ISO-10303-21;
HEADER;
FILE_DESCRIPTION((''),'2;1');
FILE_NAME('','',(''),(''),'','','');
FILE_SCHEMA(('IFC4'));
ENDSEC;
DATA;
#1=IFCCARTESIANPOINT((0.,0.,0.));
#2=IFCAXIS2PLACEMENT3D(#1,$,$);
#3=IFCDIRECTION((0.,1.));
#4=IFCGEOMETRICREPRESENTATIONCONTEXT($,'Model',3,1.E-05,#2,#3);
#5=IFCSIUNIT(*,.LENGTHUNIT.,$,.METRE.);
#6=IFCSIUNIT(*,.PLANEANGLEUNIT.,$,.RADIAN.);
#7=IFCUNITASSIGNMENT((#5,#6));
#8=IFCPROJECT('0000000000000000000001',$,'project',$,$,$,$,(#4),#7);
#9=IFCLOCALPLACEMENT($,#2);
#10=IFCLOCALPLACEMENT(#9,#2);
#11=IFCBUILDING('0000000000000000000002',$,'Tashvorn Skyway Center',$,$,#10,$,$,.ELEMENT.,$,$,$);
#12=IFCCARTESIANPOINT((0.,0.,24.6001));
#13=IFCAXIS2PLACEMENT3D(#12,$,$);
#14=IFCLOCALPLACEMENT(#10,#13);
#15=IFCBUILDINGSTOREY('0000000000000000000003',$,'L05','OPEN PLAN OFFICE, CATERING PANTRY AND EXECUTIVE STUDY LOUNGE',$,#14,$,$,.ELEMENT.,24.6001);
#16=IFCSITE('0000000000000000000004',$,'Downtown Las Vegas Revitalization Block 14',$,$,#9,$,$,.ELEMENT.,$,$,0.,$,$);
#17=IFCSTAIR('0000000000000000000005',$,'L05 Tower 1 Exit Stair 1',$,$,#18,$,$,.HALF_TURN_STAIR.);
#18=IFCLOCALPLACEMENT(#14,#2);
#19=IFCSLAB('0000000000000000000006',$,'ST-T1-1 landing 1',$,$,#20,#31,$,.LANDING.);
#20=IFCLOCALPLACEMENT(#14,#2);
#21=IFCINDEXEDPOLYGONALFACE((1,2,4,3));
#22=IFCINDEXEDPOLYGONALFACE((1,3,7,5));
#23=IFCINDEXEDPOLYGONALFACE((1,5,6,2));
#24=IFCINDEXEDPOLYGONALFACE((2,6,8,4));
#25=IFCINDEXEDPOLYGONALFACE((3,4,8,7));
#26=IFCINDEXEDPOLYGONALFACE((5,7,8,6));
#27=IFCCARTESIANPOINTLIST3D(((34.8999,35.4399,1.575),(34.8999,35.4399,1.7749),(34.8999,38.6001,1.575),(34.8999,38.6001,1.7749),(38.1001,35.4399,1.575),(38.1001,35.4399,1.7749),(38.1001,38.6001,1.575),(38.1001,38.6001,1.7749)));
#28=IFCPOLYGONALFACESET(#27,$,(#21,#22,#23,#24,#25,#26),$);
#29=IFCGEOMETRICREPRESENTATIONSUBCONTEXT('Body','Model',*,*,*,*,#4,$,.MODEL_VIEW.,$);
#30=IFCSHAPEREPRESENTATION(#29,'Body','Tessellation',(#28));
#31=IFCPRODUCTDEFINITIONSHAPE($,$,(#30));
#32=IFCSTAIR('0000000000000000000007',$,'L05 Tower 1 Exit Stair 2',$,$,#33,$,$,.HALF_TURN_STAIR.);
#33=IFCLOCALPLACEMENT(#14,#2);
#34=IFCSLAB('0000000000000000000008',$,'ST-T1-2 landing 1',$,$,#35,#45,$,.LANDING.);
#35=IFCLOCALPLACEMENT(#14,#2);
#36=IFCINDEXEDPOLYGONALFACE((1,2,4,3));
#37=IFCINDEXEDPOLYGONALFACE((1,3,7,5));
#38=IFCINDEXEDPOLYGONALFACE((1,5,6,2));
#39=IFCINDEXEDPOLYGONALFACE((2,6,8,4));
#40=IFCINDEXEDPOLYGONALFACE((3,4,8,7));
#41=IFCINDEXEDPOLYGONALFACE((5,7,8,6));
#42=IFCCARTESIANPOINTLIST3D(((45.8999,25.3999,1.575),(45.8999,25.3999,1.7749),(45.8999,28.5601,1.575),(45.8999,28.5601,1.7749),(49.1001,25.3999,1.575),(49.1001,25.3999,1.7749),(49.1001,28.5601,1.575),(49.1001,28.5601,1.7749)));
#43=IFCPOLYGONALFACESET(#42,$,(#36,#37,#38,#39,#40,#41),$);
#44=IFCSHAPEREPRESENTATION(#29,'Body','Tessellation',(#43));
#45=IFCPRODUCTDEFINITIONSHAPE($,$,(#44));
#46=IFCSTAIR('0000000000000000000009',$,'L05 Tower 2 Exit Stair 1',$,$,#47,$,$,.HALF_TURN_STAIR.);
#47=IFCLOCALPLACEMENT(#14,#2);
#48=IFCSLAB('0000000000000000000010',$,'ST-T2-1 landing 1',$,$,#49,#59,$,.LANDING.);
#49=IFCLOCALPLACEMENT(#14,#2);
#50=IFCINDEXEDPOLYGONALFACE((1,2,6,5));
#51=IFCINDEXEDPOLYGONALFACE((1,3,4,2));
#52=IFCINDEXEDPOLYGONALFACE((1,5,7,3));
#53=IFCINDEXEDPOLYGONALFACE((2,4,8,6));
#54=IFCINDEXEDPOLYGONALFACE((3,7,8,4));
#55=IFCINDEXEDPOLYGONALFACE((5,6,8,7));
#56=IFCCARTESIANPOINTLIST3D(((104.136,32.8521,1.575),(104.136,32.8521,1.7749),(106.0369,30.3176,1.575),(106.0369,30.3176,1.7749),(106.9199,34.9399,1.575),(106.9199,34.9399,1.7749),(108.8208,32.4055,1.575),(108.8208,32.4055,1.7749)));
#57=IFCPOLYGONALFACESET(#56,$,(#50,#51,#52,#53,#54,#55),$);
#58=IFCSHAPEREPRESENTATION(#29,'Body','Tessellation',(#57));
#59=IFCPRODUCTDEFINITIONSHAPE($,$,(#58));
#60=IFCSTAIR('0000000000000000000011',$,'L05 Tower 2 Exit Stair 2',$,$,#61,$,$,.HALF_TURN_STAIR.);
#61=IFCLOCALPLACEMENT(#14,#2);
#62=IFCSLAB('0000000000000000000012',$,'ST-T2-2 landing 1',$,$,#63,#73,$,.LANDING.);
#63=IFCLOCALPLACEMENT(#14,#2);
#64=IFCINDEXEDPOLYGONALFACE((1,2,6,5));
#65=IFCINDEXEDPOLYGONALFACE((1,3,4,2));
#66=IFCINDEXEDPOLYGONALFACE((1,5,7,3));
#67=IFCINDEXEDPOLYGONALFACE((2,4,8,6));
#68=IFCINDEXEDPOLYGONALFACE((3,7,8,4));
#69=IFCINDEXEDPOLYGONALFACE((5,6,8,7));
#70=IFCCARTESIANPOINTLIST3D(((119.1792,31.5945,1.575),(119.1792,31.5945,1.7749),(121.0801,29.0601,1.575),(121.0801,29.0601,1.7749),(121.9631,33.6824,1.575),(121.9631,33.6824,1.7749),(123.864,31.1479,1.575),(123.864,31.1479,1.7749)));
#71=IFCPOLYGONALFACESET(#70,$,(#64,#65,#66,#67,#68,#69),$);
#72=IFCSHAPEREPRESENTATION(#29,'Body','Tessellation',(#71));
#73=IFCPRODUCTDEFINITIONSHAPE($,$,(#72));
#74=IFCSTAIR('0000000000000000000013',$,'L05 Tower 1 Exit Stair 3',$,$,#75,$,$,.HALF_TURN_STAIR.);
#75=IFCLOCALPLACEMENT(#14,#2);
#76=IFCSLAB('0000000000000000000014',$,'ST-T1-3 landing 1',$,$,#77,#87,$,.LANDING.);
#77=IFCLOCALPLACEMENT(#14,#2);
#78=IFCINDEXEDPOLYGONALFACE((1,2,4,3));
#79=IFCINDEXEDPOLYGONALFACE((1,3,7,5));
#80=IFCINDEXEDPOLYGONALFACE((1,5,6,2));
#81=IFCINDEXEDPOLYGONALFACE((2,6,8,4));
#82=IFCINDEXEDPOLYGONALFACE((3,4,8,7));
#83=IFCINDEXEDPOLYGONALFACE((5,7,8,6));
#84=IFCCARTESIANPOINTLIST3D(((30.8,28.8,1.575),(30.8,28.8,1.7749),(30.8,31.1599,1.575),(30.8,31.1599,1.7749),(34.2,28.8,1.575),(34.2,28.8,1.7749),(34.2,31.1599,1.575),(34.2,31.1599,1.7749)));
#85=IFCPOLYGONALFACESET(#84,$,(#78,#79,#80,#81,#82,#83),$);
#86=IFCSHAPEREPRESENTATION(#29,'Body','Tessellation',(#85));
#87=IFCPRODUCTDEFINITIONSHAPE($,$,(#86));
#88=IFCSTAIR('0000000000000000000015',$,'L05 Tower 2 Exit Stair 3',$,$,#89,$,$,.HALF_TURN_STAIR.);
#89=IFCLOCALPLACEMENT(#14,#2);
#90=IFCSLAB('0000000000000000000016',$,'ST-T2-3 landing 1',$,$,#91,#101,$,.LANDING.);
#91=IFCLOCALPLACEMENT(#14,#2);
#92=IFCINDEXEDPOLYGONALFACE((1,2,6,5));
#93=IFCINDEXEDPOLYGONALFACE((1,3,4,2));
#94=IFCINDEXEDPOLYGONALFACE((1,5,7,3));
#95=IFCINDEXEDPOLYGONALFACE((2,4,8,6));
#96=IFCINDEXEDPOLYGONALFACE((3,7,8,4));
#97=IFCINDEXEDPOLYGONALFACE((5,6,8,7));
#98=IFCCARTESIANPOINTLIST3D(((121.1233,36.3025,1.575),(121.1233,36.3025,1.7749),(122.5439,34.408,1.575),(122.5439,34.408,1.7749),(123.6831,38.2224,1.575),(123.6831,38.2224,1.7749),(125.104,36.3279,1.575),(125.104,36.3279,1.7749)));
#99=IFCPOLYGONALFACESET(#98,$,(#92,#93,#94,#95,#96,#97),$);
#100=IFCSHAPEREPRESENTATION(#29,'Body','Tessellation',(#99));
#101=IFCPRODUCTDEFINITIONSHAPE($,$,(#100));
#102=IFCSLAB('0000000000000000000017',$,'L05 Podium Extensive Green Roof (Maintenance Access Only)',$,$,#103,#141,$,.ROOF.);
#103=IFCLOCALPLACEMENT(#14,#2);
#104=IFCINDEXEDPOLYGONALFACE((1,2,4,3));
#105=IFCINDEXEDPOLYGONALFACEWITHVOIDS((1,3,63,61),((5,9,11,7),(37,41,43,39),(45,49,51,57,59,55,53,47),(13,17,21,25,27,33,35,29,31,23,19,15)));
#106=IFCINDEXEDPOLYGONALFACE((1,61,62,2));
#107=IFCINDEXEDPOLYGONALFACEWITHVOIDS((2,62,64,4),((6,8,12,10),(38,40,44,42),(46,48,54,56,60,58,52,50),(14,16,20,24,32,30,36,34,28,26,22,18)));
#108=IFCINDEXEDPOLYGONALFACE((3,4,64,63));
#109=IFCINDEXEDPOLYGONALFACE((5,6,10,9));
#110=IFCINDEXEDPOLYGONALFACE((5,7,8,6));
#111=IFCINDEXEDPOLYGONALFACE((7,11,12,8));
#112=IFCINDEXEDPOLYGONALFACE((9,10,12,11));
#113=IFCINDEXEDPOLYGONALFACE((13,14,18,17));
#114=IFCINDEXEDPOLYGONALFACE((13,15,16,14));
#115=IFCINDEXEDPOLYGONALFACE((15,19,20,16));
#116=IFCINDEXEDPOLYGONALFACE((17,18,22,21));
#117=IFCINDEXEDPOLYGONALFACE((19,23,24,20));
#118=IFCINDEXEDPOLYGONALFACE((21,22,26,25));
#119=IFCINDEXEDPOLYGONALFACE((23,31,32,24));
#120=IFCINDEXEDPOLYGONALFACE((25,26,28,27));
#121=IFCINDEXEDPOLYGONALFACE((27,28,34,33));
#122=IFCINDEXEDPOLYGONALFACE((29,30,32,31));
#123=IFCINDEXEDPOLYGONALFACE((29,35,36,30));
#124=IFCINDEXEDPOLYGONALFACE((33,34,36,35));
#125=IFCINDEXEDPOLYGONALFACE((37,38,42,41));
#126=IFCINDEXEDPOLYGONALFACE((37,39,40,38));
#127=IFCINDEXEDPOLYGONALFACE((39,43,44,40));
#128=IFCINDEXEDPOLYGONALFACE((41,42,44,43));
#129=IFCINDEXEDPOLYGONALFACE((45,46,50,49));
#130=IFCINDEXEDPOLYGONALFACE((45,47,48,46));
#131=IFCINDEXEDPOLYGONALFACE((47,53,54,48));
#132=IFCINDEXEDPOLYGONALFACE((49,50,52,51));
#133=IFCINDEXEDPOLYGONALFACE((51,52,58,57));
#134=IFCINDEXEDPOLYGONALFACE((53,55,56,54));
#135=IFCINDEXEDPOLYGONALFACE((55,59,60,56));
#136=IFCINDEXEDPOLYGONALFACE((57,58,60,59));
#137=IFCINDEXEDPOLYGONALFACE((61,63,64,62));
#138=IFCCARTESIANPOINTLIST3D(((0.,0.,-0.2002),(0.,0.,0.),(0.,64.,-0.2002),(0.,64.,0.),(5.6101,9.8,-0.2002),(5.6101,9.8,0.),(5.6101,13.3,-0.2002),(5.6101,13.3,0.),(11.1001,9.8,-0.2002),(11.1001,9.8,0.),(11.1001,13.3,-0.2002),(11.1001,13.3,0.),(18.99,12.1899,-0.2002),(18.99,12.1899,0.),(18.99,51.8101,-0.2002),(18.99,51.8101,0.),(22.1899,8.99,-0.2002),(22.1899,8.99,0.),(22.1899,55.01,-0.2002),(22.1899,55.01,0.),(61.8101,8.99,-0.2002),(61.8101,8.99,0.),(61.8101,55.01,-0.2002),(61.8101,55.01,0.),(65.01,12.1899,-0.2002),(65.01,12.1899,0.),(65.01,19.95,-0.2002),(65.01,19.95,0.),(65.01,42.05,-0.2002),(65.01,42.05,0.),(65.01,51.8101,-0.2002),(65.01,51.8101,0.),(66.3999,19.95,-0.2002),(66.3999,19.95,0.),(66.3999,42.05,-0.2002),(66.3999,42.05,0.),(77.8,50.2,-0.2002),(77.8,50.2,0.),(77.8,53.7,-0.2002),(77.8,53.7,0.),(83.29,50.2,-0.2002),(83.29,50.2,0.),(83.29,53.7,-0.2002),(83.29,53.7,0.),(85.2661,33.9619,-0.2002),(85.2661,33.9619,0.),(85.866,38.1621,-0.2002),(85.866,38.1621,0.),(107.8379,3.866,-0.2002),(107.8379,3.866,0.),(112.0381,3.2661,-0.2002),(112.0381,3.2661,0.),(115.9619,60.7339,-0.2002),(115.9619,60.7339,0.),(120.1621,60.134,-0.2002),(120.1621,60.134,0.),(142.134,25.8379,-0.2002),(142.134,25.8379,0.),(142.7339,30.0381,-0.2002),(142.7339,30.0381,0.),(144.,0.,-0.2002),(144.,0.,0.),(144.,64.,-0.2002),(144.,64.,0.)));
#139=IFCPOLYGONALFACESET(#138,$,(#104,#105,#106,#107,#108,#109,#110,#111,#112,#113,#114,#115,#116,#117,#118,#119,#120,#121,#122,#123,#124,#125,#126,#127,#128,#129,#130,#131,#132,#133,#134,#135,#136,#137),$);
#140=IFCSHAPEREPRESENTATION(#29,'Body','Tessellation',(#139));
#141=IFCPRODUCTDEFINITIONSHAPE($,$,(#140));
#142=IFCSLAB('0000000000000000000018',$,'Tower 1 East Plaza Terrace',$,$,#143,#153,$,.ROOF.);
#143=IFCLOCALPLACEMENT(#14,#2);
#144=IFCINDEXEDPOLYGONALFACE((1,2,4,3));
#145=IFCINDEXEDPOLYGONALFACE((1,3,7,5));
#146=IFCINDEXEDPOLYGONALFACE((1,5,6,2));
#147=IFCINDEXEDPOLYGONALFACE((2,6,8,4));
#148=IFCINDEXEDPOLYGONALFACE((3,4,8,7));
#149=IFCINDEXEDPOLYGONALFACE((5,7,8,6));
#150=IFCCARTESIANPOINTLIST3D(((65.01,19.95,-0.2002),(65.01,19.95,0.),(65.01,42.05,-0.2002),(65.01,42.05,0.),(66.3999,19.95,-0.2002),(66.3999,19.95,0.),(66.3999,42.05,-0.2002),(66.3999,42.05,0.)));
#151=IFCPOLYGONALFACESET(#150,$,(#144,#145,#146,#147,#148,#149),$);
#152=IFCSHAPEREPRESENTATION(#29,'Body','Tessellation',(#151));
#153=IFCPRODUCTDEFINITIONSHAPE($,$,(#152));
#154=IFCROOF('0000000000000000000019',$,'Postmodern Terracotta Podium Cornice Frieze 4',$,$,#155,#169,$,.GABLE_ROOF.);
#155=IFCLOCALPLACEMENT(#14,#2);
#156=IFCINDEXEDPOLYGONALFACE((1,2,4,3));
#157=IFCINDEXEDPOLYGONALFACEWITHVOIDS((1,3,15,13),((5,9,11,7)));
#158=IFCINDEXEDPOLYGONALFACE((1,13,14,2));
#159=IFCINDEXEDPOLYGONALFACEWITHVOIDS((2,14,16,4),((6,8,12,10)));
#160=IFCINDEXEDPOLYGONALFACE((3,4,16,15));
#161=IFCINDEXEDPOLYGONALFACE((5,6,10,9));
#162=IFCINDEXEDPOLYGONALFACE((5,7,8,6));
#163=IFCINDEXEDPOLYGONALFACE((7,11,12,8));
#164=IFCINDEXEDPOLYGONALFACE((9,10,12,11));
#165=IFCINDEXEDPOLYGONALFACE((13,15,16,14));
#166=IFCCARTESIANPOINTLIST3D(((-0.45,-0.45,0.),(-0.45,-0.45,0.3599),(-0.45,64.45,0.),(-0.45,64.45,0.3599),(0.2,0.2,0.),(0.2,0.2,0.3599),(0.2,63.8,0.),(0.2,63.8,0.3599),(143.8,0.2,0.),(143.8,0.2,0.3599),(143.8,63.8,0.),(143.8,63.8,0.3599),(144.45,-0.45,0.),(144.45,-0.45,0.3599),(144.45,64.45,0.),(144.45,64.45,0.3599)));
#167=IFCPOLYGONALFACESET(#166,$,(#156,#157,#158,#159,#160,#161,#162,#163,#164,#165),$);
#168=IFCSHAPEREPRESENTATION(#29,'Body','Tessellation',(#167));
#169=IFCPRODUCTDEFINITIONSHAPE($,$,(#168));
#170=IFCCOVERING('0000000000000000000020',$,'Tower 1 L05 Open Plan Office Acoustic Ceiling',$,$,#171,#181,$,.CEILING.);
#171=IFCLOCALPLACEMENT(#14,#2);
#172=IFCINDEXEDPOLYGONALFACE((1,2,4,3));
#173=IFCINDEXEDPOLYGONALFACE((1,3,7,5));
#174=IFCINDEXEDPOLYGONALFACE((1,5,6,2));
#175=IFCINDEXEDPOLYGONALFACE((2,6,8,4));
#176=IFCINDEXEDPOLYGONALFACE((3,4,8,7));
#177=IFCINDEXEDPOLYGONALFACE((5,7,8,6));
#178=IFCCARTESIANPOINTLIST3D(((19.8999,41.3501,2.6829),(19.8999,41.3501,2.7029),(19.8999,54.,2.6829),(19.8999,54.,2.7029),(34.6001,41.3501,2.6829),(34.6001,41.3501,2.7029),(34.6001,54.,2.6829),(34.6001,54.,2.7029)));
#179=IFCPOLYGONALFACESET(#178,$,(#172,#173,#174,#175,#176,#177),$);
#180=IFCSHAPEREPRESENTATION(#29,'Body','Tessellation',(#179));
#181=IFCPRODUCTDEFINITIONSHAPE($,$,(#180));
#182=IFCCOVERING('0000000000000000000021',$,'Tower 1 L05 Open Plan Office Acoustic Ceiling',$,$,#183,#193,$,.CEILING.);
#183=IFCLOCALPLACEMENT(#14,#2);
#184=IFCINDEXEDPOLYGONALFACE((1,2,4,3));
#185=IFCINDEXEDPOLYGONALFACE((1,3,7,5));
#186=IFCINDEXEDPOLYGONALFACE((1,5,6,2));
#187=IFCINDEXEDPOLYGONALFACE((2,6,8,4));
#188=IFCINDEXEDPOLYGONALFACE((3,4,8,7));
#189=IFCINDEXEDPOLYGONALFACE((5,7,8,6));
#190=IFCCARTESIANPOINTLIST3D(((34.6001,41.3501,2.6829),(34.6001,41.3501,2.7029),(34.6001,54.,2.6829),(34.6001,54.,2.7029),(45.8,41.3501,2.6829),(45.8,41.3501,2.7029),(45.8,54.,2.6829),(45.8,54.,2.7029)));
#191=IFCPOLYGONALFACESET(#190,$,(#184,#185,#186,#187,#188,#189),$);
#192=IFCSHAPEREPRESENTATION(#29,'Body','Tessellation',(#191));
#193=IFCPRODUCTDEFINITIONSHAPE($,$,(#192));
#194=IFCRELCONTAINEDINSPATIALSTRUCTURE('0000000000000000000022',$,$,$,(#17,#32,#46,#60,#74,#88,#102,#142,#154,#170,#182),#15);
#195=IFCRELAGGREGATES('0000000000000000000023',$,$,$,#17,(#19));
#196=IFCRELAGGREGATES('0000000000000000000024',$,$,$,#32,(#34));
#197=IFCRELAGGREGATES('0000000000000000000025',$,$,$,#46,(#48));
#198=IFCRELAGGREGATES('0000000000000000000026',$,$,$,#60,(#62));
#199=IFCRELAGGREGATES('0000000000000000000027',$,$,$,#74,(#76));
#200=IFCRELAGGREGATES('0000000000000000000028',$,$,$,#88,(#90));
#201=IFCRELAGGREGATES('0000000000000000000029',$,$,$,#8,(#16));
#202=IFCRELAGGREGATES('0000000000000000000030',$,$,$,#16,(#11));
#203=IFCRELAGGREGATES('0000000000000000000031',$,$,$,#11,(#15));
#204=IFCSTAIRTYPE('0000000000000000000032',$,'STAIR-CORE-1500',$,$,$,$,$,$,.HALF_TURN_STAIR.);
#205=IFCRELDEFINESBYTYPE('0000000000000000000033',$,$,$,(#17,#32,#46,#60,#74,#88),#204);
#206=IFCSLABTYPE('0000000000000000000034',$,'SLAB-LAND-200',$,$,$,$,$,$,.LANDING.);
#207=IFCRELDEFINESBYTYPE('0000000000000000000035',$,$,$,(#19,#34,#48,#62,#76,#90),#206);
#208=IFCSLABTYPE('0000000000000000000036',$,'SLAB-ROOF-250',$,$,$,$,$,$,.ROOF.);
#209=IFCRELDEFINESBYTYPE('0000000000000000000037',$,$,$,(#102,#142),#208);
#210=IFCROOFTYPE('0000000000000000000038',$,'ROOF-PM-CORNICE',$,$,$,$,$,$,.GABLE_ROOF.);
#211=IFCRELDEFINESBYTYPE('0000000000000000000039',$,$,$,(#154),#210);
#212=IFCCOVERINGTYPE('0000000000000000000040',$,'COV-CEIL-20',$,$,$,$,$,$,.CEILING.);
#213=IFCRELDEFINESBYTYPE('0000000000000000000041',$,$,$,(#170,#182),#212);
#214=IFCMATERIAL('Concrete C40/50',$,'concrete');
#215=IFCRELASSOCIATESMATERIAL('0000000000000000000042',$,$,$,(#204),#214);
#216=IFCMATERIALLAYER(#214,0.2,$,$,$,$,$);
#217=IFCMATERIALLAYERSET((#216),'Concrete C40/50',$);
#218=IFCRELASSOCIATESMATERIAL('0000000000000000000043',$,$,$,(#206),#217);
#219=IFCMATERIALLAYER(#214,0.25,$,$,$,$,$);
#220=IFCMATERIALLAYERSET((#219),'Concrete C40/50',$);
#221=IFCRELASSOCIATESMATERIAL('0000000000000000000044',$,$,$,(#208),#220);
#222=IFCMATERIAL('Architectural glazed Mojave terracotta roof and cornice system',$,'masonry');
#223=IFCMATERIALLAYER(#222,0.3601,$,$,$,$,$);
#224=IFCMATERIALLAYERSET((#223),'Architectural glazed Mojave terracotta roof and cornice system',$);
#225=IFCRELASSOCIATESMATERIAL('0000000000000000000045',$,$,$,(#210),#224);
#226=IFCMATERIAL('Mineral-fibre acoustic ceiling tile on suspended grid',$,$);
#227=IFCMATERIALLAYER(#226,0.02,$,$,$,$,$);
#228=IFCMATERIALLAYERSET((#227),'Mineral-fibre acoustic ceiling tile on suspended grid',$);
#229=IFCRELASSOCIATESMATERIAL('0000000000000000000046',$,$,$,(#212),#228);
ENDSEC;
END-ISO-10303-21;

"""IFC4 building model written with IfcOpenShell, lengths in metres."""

from ifc_helpers import new_model, si_unit, direction, frame, origin, place, context, subcontext, project, spatial, polyline, outline, extrude, material, layer, layer_set, type_object, element, aggregate, save


model = new_model("IFC4")

# Units and contexts
model_context = context("Model", 3, precision=1e-05, world=origin(), true_north=direction((0.0, 1.0)))
body_context = subcontext(model_context, "Body", "Model", "MODEL_VIEW")
ifc_project = project(units=[si_unit("LENGTHUNIT", "METRE"), si_unit("PLANEANGLEUNIT", "RADIAN")], contexts=[model_context])

# Site, building, storey
site_placement = place(None, origin())
site = spatial("IfcSite", under=ifc_project, at=site_placement, Name="Downtown Las Vegas Revitalization Block 14", CompositionType="ELEMENT", RefElevation=0.0)
building_placement = place(site_placement, origin())
building = spatial("IfcBuilding", under=site, at=building_placement, Name="Tashvorn Skyway Center", CompositionType="ELEMENT")
storey_placement = place(building_placement, frame((0.0, 0.0, 24.6001)))
storey = spatial("IfcBuildingStorey", under=building, at=storey_placement, Name="L05", Description="OPEN PLAN OFFICE, CATERING PANTRY AND EXECUTIVE STUDY LOUNGE", CompositionType="ELEMENT", Elevation=24.6001)

# Shared definitions
ifc_material_1 = material(Name="Concrete C40/50", Category="concrete")

# Stairs, slabs
stair_type = type_object("IfcStairType", Name="STAIR-CORE-1500", PredefinedType="HALF_TURN_STAIR", material=ifc_material_1)
stair_1_placement = place(storey_placement, origin())
stair_1 = element("IfcStair", 1, at=stair_1_placement, inside=storey, type_object=stair_type, Name="L05 Tower 1 Exit Stair 1", PredefinedType="HALF_TURN_STAIR")
ifc_layer_1 = layer(ifc_material_1, 0.2)
ifc_layer_set_1 = layer_set([ifc_layer_1], Name="Concrete C40/50")
slab_type_1 = type_object("IfcSlabType", Name="SLAB-LAND-200", PredefinedType="LANDING", material=ifc_layer_set_1)
slab_1_placement = place(storey_placement, frame((0.0, 0.0, 1.575)))
slab_1 = element("IfcSlab", 2, at=slab_1_placement, type_object=slab_type_1, Name="ST-T1-1 landing 1", PredefinedType="LANDING", context=body_context, shape_type="SweptSolid", body=[
    extrude(outline(polyline([(38.1001, 35.4399), (38.1001, 38.6001), (34.8999, 38.6001), (34.8999, 35.4399), (38.1001, 35.4399)])), origin(), (0.0, 0.0, 1.0), 0.2),
])
aggregate(stair_1, [slab_1])
stair_2_placement = place(storey_placement, origin())
stair_2 = element("IfcStair", 3, at=stair_2_placement, inside=storey, type_object=stair_type, Name="L05 Tower 1 Exit Stair 2", PredefinedType="HALF_TURN_STAIR")
slab_2_placement = place(storey_placement, frame((0.0, 0.0, 1.575)))
slab_2 = element("IfcSlab", 4, at=slab_2_placement, type_object=slab_type_1, Name="ST-T1-2 landing 1", PredefinedType="LANDING", context=body_context, shape_type="SweptSolid", body=[
    extrude(outline(polyline([(45.8999, 28.5601), (45.8999, 25.3999), (49.1001, 25.3999), (49.1001, 28.5601), (45.8999, 28.5601)])), origin(), (0.0, 0.0, 1.0), 0.2),
])
aggregate(stair_2, [slab_2])
stair_3_placement = place(storey_placement, origin())
stair_3 = element("IfcStair", 5, at=stair_3_placement, inside=storey, type_object=stair_type, Name="L05 Tower 2 Exit Stair 1", PredefinedType="HALF_TURN_STAIR")
slab_3_placement = place(storey_placement, frame((0.0, 0.0, 1.575)))
slab_3 = element("IfcSlab", 6, at=slab_3_placement, type_object=slab_type_1, Name="ST-T2-1 landing 1", PredefinedType="LANDING", context=body_context, shape_type="SweptSolid", body=[
    extrude(outline(polyline([(108.8208, 32.4055), (106.9199, 34.9399), (104.136, 32.8521), (106.0369, 30.3176), (108.8208, 32.4055)])), origin(), (0.0, 0.0, 1.0), 0.2),
])
aggregate(stair_3, [slab_3])
stair_4_placement = place(storey_placement, origin())
stair_4 = element("IfcStair", 7, at=stair_4_placement, inside=storey, type_object=stair_type, Name="L05 Tower 2 Exit Stair 2", PredefinedType="HALF_TURN_STAIR")
slab_4_placement = place(storey_placement, frame((0.0, 0.0, 1.575)))
slab_4 = element("IfcSlab", 8, at=slab_4_placement, type_object=slab_type_1, Name="ST-T2-2 landing 1", PredefinedType="LANDING", context=body_context, shape_type="SweptSolid", body=[
    extrude(outline(polyline([(119.1792, 31.5945), (121.0801, 29.0601), (123.864, 31.1479), (121.9631, 33.6824), (119.1792, 31.5945)])), origin(), (0.0, 0.0, 1.0), 0.2),
])
aggregate(stair_4, [slab_4])
stair_5_placement = place(storey_placement, origin())
stair_5 = element("IfcStair", 9, at=stair_5_placement, inside=storey, type_object=stair_type, Name="L05 Tower 1 Exit Stair 3", PredefinedType="HALF_TURN_STAIR")
slab_5_placement = place(storey_placement, frame((0.0, 0.0, 1.575)))
slab_5 = element("IfcSlab", 10, at=slab_5_placement, type_object=slab_type_1, Name="ST-T1-3 landing 1", PredefinedType="LANDING", context=body_context, shape_type="SweptSolid", body=[
    extrude(outline(polyline([(30.8, 31.1599), (30.8, 28.8), (34.2, 28.8), (34.2, 31.1599), (30.8, 31.1599)])), origin(), (0.0, 0.0, 1.0), 0.2),
])
aggregate(stair_5, [slab_5])
stair_6_placement = place(storey_placement, origin())
stair_6 = element("IfcStair", 11, at=stair_6_placement, inside=storey, type_object=stair_type, Name="L05 Tower 2 Exit Stair 3", PredefinedType="HALF_TURN_STAIR")
slab_6_placement = place(storey_placement, frame((0.0, 0.0, 1.575)))
slab_6 = element("IfcSlab", 12, at=slab_6_placement, type_object=slab_type_1, Name="ST-T2-3 landing 1", PredefinedType="LANDING", context=body_context, shape_type="SweptSolid", body=[
    extrude(outline(polyline([(121.1233, 36.3025), (122.5439, 34.408), (125.104, 36.3279), (123.6831, 38.2224), (121.1233, 36.3025)])), origin(), (0.0, 0.0, 1.0), 0.2),
])
aggregate(stair_6, [slab_6])

# Slabs
ifc_layer_2 = layer(ifc_material_1, 0.25)
ifc_layer_set_2 = layer_set([ifc_layer_2], Name="Concrete C40/50")
slab_type_2 = type_object("IfcSlabType", Name="SLAB-ROOF-250", PredefinedType="ROOF", material=ifc_layer_set_2)
slab_7_placement = place(storey_placement, frame((0.0, 0.0, -0.2002)))
element("IfcSlab", 13, at=slab_7_placement, inside=storey, type_object=slab_type_2, Name="L05 Podium Extensive Green Roof (Maintenance Access Only)", PredefinedType="ROOF", context=body_context, shape_type="SweptSolid", body=[
    extrude(outline(polyline([(0.0, 64.0), (144.0, 64.0), (144.0, 0.0), (0.0, 0.0), (0.0, 64.0)]), holes=[polyline([(61.8101, 8.99), (65.01, 12.1899), (65.01, 19.95), (66.3999, 19.95), (66.3999, 42.05), (65.01, 42.05), (65.01, 51.8101), (61.8101, 55.01), (22.1899, 55.01), (18.99, 51.8101), (18.99, 12.1899), (22.1899, 8.99), (61.8101, 8.99)]), polyline([(142.134, 25.8379), (142.7339, 30.0381), (120.1621, 60.134), (115.9619, 60.7339), (85.866, 38.1621), (85.2661, 33.9619), (107.8379, 3.866), (112.0381, 3.2661), (142.134, 25.8379)]), polyline([(11.1001, 9.8), (11.1001, 13.3), (5.6101, 13.3), (5.6101, 9.8), (11.1001, 9.8)]), polyline([(77.8, 53.7), (77.8, 50.2), (83.29, 50.2), (83.29, 53.7), (77.8, 53.7)])]), origin(), (0.0, 0.0, 1.0), 0.2002),
])
slab_8_placement = place(storey_placement, frame((0.0, 0.0, -0.2002)))
element("IfcSlab", 14, at=slab_8_placement, inside=storey, type_object=slab_type_2, Name="Tower 1 East Plaza Terrace", PredefinedType="ROOF", context=body_context, shape_type="SweptSolid", body=[
    extrude(outline(polyline([(65.01, 19.95), (66.3999, 19.95), (66.3999, 42.05), (65.01, 42.05), (65.01, 19.95)])), origin(), (0.0, 0.0, 1.0), 0.2002),
])

# Roof
ifc_material_2 = material(Name="Architectural glazed Mojave terracotta roof and cornice system", Category="masonry")
ifc_layer_3 = layer(ifc_material_2, 0.3601)
ifc_layer_set_3 = layer_set([ifc_layer_3], Name="Architectural glazed Mojave terracotta roof and cornice system")
roof_type = type_object("IfcRoofType", Name="ROOF-PM-CORNICE", PredefinedType="GABLE_ROOF", material=ifc_layer_set_3)
roof_placement = place(storey_placement, origin())
element("IfcRoof", 15, at=roof_placement, inside=storey, type_object=roof_type, Name="Postmodern Terracotta Podium Cornice Frieze 4", PredefinedType="GABLE_ROOF", context=body_context, shape_type="SweptSolid", body=[
    extrude(outline(polyline([(-0.45, -0.45), (144.45, -0.45), (144.45, 64.45), (-0.45, 64.45), (-0.45, -0.45)]), holes=[polyline([(0.2, 0.2), (143.8, 0.2), (143.8, 63.8), (0.2, 63.8), (0.2, 0.2)])]), origin(), (0.0, 0.0, 1.0), 0.3599),
])

# Coverings
ifc_material_3 = material(Name="Mineral-fibre acoustic ceiling tile on suspended grid")
ifc_layer_4 = layer(ifc_material_3, 0.02)
ifc_layer_set_4 = layer_set([ifc_layer_4], Name="Mineral-fibre acoustic ceiling tile on suspended grid")
covering_type_1 = type_object("IfcCoveringType", Name="COV-CEIL-20", PredefinedType="CEILING", material=ifc_layer_set_4)
covering_1_placement = place(storey_placement, frame((0.0, 0.0, 2.6829)))
element("IfcCovering", 16, at=covering_1_placement, inside=storey, type_object=covering_type_1, Name="Tower 1 L05 Open Plan Office Acoustic Ceiling", PredefinedType="CEILING", context=body_context, shape_type="SweptSolid", body=[
    extrude(outline(polyline([(19.8999, 41.3501), (34.6001, 41.3501), (34.6001, 54.0), (19.8999, 54.0), (19.8999, 41.3501)])), origin(), (0.0, 0.0, 1.0), 0.02),
])
covering_2_placement = place(storey_placement, frame((0.0, 0.0, 2.6829)))
element("IfcCovering", 17, at=covering_2_placement, inside=storey, type_object=covering_type_1, Name="Tower 1 L05 Open Plan Office Acoustic Ceiling", PredefinedType="CEILING", context=body_context, shape_type="SweptSolid", body=[
    extrude(outline(polyline([(34.6001, 41.3501), (45.8, 41.3501), (45.8, 54.0), (34.6001, 54.0), (34.6001, 41.3501)])), origin(), (0.0, 0.0, 1.0), 0.02),
])

save(model, "model.ifc")
